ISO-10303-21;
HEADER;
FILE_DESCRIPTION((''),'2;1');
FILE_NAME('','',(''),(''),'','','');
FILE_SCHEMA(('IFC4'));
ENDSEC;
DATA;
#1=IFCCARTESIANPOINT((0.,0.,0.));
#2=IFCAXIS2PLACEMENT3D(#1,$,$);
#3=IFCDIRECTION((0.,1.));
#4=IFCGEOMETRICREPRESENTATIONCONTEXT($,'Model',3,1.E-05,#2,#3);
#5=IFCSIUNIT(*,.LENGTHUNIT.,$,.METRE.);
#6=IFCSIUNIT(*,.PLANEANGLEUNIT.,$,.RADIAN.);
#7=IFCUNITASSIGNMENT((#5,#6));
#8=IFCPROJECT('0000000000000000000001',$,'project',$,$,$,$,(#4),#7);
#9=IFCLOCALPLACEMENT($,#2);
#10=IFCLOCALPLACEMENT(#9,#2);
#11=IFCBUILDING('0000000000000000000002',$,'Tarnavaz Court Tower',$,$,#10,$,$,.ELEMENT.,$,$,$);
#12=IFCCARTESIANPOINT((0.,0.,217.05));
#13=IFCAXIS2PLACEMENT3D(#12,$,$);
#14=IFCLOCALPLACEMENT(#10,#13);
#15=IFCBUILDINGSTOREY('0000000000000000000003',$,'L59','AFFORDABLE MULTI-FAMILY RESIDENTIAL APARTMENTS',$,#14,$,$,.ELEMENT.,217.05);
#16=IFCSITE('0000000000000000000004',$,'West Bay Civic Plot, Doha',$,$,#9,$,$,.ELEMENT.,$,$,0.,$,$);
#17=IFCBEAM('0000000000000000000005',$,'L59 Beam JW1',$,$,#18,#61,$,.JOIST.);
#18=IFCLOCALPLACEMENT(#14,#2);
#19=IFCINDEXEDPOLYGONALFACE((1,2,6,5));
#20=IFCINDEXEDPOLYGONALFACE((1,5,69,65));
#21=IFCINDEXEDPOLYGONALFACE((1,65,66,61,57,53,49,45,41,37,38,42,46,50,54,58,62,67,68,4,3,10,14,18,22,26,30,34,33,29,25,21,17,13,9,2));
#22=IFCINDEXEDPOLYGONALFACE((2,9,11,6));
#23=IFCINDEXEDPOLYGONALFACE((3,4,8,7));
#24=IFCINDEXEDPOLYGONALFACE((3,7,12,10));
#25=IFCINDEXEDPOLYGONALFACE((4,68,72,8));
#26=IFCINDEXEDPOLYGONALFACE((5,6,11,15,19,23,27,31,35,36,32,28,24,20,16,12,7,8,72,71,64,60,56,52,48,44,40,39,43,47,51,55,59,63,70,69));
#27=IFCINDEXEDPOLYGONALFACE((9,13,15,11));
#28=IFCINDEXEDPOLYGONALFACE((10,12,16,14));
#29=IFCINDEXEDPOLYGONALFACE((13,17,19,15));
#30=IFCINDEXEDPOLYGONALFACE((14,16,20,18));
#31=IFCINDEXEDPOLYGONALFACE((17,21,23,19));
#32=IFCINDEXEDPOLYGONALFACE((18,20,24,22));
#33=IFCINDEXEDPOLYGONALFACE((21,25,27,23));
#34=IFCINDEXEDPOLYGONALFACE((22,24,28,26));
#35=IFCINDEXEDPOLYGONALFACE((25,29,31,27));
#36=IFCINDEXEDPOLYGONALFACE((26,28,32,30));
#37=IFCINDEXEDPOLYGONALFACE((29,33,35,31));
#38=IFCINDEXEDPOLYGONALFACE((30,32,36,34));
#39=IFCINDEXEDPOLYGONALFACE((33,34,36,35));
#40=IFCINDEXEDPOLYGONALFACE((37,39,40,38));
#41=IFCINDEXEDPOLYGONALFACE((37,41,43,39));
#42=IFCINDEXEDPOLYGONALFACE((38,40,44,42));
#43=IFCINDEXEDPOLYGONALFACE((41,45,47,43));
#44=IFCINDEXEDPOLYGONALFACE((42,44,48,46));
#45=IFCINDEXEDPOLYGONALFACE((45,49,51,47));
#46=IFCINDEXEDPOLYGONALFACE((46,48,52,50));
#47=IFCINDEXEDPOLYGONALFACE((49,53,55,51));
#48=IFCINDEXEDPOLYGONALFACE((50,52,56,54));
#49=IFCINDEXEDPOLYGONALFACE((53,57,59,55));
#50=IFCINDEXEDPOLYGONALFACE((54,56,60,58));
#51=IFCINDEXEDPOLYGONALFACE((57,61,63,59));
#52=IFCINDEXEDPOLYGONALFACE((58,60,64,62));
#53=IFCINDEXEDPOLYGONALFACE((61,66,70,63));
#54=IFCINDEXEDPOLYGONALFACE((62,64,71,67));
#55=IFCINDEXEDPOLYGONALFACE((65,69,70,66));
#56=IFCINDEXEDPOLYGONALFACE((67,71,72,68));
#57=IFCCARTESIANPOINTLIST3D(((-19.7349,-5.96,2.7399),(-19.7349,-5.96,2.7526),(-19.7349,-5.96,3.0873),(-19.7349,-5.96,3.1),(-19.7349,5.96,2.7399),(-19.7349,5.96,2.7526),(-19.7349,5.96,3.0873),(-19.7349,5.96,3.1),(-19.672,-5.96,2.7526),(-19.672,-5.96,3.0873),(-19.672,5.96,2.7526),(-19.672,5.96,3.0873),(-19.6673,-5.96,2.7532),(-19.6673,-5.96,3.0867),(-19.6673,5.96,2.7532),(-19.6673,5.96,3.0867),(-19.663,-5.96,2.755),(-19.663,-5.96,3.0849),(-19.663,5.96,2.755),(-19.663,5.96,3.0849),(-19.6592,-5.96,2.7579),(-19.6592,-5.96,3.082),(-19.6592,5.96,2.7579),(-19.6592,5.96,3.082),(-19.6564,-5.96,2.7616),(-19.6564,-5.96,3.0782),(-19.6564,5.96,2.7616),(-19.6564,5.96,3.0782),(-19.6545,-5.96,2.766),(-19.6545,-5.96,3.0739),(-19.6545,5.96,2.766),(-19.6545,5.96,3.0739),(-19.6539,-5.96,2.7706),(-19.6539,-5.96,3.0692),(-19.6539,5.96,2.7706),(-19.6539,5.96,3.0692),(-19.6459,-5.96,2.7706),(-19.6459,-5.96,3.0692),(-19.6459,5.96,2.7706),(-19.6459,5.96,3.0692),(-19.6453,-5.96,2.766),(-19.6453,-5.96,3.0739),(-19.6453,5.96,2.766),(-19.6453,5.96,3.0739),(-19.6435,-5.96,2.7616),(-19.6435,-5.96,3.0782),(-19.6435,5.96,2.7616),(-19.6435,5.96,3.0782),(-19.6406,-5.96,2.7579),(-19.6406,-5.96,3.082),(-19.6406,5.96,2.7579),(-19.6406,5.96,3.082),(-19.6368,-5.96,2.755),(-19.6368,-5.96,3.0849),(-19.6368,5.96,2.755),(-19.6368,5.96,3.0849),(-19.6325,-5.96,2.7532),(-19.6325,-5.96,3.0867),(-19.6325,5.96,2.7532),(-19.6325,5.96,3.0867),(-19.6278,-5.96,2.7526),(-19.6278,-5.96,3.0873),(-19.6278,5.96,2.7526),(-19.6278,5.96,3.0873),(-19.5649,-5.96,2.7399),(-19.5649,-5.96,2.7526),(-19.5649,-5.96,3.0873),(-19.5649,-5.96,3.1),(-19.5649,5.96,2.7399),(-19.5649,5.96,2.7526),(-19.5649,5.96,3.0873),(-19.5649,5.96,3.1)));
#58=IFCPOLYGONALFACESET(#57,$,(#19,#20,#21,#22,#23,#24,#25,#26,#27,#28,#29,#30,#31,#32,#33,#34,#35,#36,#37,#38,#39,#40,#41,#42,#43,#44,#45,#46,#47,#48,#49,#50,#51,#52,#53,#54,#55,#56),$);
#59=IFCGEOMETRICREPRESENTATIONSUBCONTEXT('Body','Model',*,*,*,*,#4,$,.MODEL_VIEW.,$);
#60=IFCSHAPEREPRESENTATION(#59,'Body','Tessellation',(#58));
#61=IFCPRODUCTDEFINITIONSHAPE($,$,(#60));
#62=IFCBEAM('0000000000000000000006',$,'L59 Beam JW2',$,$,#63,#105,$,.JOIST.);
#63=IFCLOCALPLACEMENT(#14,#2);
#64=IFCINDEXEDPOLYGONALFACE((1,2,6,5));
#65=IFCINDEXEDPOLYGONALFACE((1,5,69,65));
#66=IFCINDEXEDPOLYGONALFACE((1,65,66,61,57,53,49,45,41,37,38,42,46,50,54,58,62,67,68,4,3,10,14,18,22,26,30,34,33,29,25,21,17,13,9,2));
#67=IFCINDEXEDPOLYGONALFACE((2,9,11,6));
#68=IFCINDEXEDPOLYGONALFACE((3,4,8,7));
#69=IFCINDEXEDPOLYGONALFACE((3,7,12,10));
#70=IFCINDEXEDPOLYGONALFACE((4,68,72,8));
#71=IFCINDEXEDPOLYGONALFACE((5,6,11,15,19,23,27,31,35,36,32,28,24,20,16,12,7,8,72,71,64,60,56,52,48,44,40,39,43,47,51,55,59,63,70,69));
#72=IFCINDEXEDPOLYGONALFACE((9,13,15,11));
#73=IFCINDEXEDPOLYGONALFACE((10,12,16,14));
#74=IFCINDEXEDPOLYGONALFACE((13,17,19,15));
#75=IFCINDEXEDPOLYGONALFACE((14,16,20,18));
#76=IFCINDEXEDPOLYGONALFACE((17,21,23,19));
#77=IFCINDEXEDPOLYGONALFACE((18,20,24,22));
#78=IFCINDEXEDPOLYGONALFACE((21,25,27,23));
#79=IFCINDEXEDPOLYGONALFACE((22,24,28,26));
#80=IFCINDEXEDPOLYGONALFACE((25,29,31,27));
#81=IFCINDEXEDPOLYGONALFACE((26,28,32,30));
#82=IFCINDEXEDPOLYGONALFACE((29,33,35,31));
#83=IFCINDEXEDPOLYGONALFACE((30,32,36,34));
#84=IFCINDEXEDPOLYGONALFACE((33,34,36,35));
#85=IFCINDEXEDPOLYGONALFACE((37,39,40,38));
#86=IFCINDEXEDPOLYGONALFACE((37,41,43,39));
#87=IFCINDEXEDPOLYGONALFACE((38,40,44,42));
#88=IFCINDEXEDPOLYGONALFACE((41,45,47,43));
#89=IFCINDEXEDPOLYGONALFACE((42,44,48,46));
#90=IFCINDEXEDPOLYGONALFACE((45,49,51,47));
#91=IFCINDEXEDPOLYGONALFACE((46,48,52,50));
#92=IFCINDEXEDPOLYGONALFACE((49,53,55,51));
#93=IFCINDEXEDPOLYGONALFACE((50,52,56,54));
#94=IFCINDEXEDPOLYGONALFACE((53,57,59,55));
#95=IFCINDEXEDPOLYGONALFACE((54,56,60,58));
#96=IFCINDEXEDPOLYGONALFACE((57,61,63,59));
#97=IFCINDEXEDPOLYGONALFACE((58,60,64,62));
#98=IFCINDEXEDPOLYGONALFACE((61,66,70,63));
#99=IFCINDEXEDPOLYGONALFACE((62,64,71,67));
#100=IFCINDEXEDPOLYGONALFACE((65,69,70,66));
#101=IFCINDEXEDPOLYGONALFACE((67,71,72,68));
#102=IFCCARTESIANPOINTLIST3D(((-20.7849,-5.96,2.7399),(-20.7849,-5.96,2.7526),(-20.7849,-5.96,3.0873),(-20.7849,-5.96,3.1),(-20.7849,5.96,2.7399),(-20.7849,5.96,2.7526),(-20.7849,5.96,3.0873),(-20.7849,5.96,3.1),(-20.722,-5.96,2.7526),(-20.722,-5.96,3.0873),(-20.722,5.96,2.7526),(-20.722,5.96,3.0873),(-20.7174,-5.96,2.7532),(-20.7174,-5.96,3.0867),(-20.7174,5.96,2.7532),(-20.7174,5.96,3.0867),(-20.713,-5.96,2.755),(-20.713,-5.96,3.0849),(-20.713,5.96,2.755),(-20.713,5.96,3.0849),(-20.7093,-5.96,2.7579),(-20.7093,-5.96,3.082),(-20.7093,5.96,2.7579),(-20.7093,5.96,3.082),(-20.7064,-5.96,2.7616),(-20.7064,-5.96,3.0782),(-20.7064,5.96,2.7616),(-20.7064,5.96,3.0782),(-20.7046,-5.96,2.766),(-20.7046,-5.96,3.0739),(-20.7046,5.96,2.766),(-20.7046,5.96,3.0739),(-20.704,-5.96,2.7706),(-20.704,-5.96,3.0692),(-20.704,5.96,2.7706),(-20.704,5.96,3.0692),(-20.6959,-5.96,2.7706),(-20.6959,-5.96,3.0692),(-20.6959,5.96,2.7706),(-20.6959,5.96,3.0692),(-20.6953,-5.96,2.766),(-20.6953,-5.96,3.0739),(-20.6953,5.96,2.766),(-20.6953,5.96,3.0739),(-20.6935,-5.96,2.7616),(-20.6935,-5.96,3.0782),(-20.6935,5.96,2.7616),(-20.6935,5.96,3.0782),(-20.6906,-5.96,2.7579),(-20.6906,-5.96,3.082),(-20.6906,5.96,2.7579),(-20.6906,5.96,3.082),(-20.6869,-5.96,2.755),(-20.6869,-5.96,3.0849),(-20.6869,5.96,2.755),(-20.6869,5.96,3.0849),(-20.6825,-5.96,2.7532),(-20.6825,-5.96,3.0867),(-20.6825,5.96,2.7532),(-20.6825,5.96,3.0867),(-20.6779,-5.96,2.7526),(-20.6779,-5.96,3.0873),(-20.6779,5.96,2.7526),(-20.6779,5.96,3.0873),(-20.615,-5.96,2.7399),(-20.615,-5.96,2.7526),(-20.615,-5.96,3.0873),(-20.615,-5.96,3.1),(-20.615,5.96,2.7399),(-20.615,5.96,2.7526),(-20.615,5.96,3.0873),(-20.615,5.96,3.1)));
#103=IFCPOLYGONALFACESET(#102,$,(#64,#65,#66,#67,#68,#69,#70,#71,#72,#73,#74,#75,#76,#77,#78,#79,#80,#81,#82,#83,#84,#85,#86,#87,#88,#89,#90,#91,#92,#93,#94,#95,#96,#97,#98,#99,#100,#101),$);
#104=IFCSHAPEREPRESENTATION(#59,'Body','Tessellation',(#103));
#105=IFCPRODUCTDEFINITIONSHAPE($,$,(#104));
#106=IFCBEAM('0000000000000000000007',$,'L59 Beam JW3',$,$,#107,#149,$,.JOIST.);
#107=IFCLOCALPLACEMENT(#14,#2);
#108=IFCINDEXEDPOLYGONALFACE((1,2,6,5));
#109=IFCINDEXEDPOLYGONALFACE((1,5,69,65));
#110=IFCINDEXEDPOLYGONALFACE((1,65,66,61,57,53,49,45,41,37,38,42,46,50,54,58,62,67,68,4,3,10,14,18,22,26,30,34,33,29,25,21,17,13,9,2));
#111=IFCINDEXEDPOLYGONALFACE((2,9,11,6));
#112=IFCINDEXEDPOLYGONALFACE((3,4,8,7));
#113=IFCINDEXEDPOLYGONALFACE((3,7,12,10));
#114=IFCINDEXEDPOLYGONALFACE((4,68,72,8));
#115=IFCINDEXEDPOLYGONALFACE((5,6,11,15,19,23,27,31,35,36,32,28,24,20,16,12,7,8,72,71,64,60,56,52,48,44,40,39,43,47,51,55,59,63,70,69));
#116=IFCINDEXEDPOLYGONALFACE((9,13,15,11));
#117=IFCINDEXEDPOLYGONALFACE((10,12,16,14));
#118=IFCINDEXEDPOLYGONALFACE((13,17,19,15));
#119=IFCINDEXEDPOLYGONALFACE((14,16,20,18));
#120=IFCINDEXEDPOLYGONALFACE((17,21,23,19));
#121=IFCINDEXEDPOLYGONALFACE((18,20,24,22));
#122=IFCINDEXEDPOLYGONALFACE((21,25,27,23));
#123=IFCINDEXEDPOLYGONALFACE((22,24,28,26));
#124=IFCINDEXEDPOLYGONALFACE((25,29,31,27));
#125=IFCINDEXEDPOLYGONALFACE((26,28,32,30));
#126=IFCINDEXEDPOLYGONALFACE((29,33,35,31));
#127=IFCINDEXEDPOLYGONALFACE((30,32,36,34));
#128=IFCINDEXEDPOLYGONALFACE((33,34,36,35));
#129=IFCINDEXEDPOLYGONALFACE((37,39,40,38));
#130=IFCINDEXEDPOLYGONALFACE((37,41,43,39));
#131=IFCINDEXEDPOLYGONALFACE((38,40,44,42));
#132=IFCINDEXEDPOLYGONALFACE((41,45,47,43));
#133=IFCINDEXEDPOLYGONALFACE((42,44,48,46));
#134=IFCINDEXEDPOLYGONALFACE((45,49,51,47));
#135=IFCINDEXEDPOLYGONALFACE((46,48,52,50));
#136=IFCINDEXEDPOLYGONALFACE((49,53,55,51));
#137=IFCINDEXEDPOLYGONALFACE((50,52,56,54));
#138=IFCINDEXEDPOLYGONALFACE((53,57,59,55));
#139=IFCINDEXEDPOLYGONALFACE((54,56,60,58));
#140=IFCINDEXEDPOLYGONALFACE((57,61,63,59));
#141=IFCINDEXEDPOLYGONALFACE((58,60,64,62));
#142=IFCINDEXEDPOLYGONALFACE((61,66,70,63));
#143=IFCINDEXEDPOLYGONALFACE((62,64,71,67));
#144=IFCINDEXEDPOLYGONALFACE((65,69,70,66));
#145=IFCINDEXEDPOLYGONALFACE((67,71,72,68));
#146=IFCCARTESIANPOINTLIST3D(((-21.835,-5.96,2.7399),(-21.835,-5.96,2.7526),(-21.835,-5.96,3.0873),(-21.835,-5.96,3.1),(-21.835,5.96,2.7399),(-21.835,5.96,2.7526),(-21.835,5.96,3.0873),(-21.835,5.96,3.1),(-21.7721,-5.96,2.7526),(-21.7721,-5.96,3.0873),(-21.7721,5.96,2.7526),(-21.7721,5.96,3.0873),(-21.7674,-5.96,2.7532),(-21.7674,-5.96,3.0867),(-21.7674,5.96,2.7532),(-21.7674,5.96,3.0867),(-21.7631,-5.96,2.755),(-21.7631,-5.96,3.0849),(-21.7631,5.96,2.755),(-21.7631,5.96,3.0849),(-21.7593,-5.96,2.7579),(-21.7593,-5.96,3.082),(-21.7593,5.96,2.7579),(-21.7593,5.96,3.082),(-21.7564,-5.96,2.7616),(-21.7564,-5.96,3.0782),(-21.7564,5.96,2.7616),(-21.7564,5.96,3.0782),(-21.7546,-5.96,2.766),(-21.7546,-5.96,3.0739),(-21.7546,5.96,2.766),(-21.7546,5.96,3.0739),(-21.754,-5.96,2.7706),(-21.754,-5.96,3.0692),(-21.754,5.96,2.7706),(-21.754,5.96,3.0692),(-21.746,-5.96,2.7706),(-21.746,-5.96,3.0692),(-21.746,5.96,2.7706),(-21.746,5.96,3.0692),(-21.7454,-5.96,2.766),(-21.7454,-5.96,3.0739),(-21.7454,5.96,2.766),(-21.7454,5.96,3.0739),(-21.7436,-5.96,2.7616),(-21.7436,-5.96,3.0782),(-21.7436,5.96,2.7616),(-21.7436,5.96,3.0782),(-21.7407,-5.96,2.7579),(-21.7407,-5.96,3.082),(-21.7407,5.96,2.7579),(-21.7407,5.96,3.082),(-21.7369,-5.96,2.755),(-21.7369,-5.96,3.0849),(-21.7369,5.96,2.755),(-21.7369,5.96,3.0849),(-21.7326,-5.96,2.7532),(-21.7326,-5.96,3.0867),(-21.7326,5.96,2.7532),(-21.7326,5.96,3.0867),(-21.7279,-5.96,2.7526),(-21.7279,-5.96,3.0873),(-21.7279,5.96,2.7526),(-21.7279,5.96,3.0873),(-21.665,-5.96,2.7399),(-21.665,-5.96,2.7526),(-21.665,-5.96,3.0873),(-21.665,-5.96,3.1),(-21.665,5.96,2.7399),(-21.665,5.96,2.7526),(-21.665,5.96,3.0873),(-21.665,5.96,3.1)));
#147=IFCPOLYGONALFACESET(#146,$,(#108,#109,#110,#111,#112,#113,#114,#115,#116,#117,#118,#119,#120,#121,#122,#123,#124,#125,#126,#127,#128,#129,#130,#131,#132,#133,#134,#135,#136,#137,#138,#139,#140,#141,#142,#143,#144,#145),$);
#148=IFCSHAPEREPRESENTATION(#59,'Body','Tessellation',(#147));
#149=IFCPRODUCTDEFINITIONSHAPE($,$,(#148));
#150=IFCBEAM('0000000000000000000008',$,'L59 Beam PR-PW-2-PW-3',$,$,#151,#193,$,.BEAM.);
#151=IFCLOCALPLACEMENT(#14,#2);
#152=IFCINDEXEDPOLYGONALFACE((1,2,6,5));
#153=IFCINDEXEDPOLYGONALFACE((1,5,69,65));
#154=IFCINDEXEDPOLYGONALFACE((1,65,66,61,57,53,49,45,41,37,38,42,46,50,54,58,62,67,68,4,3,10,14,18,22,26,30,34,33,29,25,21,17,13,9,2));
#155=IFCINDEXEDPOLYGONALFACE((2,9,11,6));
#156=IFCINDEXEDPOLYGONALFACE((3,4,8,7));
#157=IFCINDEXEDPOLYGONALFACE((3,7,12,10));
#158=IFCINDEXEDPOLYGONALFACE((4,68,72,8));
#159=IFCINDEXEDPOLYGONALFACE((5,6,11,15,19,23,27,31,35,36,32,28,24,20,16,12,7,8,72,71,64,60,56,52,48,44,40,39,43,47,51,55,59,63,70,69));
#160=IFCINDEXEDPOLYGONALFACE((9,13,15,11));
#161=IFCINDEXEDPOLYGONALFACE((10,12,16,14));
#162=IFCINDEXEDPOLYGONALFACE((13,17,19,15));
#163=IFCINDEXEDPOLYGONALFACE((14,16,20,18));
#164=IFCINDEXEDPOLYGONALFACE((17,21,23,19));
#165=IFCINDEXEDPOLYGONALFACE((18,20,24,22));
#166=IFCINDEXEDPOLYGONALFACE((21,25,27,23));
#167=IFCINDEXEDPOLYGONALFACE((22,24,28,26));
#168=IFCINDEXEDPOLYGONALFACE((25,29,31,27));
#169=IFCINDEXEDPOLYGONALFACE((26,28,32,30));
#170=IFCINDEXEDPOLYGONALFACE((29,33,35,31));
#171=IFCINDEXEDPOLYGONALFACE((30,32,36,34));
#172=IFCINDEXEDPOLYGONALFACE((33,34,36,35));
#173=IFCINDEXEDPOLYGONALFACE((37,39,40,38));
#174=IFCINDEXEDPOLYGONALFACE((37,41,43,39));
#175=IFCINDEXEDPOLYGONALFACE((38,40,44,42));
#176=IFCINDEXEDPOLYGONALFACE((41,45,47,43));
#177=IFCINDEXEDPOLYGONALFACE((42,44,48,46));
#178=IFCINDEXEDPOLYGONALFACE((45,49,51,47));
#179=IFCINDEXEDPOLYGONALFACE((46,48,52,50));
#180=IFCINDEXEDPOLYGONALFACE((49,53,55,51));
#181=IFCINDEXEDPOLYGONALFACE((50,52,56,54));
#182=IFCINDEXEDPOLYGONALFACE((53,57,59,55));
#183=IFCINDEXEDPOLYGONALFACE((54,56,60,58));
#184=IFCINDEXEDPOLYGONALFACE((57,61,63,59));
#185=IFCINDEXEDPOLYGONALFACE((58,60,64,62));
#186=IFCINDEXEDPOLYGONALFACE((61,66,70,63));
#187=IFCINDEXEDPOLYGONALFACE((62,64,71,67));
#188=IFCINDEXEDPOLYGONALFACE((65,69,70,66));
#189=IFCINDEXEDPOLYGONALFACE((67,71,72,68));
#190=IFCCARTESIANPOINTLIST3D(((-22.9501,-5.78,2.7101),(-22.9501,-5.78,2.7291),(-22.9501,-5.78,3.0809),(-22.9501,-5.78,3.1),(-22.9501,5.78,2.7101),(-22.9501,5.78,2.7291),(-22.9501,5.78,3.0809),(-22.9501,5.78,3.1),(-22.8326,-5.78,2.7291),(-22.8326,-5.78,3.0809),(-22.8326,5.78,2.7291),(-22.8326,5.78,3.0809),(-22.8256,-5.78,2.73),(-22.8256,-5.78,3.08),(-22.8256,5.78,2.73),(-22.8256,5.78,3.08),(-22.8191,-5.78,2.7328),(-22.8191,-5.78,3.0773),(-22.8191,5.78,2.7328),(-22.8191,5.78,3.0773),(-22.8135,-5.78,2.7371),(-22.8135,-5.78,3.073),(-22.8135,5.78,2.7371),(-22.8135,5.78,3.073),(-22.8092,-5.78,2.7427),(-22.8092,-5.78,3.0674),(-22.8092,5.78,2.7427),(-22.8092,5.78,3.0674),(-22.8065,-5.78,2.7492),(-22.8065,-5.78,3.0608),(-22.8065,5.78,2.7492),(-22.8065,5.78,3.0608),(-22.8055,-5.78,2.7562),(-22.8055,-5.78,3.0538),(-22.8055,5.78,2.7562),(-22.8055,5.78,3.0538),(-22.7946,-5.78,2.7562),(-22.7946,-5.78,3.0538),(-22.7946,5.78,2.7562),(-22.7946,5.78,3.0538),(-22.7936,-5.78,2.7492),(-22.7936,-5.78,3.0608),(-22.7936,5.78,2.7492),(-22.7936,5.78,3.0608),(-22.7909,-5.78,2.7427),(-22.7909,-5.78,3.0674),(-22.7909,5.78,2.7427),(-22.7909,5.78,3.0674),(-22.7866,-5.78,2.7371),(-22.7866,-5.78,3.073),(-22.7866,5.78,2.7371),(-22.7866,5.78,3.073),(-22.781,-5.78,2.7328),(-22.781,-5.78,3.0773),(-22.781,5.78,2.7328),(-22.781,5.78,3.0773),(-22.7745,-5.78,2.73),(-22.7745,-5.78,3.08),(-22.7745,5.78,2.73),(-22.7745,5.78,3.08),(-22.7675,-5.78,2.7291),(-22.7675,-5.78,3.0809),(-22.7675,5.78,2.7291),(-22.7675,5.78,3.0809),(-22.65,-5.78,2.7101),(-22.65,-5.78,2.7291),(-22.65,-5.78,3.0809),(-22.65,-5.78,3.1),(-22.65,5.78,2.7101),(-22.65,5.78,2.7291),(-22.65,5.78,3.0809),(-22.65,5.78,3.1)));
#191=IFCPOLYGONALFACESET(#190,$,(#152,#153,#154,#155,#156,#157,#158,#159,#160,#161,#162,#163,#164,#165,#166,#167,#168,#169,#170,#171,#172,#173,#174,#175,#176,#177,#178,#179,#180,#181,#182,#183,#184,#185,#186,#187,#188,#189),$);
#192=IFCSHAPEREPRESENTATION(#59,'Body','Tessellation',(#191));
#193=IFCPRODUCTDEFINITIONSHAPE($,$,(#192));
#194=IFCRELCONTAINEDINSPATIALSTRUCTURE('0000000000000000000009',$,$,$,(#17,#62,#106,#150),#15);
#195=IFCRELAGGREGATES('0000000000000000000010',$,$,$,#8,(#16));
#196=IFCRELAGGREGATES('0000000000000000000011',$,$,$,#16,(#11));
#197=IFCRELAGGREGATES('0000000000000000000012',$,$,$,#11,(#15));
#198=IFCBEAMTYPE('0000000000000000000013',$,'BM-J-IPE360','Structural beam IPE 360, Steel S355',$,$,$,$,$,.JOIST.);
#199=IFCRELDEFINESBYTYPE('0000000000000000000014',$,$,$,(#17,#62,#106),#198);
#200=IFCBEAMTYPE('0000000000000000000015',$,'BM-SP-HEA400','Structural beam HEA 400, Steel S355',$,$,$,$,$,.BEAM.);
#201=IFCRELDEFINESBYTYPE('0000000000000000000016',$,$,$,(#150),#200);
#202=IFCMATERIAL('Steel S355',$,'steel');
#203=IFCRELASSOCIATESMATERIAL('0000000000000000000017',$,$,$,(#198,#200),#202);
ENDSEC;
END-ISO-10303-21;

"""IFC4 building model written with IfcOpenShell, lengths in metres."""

from ifc_helpers import new_model, si_unit, direction, frame, origin, origin_2d, place, context, subcontext, project, spatial, i_section, extrude, material, material_profile, profile_set, type_object, element, save


model = new_model("IFC4")

# Units and contexts
model_context = context("Model", 3, precision=1e-05, world=origin(), true_north=direction((0.0, 1.0)))
body_context = subcontext(model_context, "Body", "Model", "MODEL_VIEW")
ifc_project = project(units=[si_unit("LENGTHUNIT", "METRE"), si_unit("PLANEANGLEUNIT", "RADIAN")], contexts=[model_context])

# Site, building, storey
site_placement = place(None, origin())
site = spatial("IfcSite", under=ifc_project, at=site_placement, Name="West Bay Civic Plot, Doha", CompositionType="ELEMENT", RefElevation=0.0)
building_placement = place(site_placement, origin())
building = spatial("IfcBuilding", under=site, at=building_placement, Name="Tarnavaz Court Tower", CompositionType="ELEMENT")
storey_placement = place(building_placement, frame((0.0, 0.0, 217.05)))
storey = spatial("IfcBuildingStorey", under=building, at=storey_placement, Name="L59", Description="AFFORDABLE MULTI-FAMILY RESIDENTIAL APARTMENTS", CompositionType="ELEMENT", Elevation=217.05)

# Beams
ifc_material_1 = material(Name="Steel S355", Category="steel")
ifc_material_profile_1 = material_profile(ifc_material_1, i_section(OverallWidth=0.1699, OverallDepth=0.3601, WebThickness=0.0081, FlangeThickness=0.0127, FilletRadius=0.0181, at=origin_2d()), Name="IPE 360")
ifc_profile_set_1 = profile_set([ifc_material_profile_1], Name="Steel S355")
beam_type_1 = type_object("IfcBeamType", Name="BM-J-IPE360", Description="Structural beam IPE 360, Steel S355", PredefinedType="JOIST", material=ifc_profile_set_1)
for number, where, z_axis, x_axis, name in (
    (1, (-19.6499, -5.96, 2.9199), (0.0, 1.0, 0.0), (-1.0, 0.0, 0.0), "L59 Beam JW1"),
    (2, (-20.7, -5.96, 2.9199), (0.0, 1.0, 0.0), (-1.0, 0.0, 0.0), "L59 Beam JW2"),
    (3, (-21.75, -5.96, 2.9199), (0.0, 1.0, 0.0), (-1.0, 0.0, 0.0), "L59 Beam JW3"),
):
    element("IfcBeam", number, at=place(storey_placement, frame(where, z_axis=z_axis, x_axis=x_axis)), inside=storey, type_object=beam_type_1, Name=name, PredefinedType="JOIST", context=body_context, shape_type="SweptSolid", body=[
        extrude(i_section(OverallWidth=0.1699, OverallDepth=0.3601, WebThickness=0.0081, FlangeThickness=0.0127, FilletRadius=0.0181, at=origin_2d()), origin(), (0.0, 0.0, 1.0), 11.9199),
    ])
ifc_material_profile_2 = material_profile(ifc_material_1, i_section(OverallWidth=0.3, OverallDepth=0.3899, WebThickness=0.011, FlangeThickness=0.019, FilletRadius=0.0271, at=origin_2d()), Name="HEA 400")
ifc_profile_set_2 = profile_set([ifc_material_profile_2], Name="Steel S355")
beam_type_2 = type_object("IfcBeamType", Name="BM-SP-HEA400", Description="Structural beam HEA 400, Steel S355", PredefinedType="BEAM", material=ifc_profile_set_2)
beam_1_placement = place(storey_placement, frame((-22.8, -5.78, 2.905), z_axis=(0.0, 1.0, 0.0), x_axis=(-1.0, 0.0, 0.0)))
element("IfcBeam", 4, at=beam_1_placement, inside=storey, type_object=beam_type_2, Name="L59 Beam PR-PW-2-PW-3", PredefinedType="BEAM", context=body_context, shape_type="SweptSolid", body=[
    extrude(i_section(OverallWidth=0.3, OverallDepth=0.3899, WebThickness=0.011, FlangeThickness=0.019, FilletRadius=0.0271, at=origin_2d()), origin(), (0.0, 0.0, 1.0), 11.5601),
])

save(model, "model.ifc")
